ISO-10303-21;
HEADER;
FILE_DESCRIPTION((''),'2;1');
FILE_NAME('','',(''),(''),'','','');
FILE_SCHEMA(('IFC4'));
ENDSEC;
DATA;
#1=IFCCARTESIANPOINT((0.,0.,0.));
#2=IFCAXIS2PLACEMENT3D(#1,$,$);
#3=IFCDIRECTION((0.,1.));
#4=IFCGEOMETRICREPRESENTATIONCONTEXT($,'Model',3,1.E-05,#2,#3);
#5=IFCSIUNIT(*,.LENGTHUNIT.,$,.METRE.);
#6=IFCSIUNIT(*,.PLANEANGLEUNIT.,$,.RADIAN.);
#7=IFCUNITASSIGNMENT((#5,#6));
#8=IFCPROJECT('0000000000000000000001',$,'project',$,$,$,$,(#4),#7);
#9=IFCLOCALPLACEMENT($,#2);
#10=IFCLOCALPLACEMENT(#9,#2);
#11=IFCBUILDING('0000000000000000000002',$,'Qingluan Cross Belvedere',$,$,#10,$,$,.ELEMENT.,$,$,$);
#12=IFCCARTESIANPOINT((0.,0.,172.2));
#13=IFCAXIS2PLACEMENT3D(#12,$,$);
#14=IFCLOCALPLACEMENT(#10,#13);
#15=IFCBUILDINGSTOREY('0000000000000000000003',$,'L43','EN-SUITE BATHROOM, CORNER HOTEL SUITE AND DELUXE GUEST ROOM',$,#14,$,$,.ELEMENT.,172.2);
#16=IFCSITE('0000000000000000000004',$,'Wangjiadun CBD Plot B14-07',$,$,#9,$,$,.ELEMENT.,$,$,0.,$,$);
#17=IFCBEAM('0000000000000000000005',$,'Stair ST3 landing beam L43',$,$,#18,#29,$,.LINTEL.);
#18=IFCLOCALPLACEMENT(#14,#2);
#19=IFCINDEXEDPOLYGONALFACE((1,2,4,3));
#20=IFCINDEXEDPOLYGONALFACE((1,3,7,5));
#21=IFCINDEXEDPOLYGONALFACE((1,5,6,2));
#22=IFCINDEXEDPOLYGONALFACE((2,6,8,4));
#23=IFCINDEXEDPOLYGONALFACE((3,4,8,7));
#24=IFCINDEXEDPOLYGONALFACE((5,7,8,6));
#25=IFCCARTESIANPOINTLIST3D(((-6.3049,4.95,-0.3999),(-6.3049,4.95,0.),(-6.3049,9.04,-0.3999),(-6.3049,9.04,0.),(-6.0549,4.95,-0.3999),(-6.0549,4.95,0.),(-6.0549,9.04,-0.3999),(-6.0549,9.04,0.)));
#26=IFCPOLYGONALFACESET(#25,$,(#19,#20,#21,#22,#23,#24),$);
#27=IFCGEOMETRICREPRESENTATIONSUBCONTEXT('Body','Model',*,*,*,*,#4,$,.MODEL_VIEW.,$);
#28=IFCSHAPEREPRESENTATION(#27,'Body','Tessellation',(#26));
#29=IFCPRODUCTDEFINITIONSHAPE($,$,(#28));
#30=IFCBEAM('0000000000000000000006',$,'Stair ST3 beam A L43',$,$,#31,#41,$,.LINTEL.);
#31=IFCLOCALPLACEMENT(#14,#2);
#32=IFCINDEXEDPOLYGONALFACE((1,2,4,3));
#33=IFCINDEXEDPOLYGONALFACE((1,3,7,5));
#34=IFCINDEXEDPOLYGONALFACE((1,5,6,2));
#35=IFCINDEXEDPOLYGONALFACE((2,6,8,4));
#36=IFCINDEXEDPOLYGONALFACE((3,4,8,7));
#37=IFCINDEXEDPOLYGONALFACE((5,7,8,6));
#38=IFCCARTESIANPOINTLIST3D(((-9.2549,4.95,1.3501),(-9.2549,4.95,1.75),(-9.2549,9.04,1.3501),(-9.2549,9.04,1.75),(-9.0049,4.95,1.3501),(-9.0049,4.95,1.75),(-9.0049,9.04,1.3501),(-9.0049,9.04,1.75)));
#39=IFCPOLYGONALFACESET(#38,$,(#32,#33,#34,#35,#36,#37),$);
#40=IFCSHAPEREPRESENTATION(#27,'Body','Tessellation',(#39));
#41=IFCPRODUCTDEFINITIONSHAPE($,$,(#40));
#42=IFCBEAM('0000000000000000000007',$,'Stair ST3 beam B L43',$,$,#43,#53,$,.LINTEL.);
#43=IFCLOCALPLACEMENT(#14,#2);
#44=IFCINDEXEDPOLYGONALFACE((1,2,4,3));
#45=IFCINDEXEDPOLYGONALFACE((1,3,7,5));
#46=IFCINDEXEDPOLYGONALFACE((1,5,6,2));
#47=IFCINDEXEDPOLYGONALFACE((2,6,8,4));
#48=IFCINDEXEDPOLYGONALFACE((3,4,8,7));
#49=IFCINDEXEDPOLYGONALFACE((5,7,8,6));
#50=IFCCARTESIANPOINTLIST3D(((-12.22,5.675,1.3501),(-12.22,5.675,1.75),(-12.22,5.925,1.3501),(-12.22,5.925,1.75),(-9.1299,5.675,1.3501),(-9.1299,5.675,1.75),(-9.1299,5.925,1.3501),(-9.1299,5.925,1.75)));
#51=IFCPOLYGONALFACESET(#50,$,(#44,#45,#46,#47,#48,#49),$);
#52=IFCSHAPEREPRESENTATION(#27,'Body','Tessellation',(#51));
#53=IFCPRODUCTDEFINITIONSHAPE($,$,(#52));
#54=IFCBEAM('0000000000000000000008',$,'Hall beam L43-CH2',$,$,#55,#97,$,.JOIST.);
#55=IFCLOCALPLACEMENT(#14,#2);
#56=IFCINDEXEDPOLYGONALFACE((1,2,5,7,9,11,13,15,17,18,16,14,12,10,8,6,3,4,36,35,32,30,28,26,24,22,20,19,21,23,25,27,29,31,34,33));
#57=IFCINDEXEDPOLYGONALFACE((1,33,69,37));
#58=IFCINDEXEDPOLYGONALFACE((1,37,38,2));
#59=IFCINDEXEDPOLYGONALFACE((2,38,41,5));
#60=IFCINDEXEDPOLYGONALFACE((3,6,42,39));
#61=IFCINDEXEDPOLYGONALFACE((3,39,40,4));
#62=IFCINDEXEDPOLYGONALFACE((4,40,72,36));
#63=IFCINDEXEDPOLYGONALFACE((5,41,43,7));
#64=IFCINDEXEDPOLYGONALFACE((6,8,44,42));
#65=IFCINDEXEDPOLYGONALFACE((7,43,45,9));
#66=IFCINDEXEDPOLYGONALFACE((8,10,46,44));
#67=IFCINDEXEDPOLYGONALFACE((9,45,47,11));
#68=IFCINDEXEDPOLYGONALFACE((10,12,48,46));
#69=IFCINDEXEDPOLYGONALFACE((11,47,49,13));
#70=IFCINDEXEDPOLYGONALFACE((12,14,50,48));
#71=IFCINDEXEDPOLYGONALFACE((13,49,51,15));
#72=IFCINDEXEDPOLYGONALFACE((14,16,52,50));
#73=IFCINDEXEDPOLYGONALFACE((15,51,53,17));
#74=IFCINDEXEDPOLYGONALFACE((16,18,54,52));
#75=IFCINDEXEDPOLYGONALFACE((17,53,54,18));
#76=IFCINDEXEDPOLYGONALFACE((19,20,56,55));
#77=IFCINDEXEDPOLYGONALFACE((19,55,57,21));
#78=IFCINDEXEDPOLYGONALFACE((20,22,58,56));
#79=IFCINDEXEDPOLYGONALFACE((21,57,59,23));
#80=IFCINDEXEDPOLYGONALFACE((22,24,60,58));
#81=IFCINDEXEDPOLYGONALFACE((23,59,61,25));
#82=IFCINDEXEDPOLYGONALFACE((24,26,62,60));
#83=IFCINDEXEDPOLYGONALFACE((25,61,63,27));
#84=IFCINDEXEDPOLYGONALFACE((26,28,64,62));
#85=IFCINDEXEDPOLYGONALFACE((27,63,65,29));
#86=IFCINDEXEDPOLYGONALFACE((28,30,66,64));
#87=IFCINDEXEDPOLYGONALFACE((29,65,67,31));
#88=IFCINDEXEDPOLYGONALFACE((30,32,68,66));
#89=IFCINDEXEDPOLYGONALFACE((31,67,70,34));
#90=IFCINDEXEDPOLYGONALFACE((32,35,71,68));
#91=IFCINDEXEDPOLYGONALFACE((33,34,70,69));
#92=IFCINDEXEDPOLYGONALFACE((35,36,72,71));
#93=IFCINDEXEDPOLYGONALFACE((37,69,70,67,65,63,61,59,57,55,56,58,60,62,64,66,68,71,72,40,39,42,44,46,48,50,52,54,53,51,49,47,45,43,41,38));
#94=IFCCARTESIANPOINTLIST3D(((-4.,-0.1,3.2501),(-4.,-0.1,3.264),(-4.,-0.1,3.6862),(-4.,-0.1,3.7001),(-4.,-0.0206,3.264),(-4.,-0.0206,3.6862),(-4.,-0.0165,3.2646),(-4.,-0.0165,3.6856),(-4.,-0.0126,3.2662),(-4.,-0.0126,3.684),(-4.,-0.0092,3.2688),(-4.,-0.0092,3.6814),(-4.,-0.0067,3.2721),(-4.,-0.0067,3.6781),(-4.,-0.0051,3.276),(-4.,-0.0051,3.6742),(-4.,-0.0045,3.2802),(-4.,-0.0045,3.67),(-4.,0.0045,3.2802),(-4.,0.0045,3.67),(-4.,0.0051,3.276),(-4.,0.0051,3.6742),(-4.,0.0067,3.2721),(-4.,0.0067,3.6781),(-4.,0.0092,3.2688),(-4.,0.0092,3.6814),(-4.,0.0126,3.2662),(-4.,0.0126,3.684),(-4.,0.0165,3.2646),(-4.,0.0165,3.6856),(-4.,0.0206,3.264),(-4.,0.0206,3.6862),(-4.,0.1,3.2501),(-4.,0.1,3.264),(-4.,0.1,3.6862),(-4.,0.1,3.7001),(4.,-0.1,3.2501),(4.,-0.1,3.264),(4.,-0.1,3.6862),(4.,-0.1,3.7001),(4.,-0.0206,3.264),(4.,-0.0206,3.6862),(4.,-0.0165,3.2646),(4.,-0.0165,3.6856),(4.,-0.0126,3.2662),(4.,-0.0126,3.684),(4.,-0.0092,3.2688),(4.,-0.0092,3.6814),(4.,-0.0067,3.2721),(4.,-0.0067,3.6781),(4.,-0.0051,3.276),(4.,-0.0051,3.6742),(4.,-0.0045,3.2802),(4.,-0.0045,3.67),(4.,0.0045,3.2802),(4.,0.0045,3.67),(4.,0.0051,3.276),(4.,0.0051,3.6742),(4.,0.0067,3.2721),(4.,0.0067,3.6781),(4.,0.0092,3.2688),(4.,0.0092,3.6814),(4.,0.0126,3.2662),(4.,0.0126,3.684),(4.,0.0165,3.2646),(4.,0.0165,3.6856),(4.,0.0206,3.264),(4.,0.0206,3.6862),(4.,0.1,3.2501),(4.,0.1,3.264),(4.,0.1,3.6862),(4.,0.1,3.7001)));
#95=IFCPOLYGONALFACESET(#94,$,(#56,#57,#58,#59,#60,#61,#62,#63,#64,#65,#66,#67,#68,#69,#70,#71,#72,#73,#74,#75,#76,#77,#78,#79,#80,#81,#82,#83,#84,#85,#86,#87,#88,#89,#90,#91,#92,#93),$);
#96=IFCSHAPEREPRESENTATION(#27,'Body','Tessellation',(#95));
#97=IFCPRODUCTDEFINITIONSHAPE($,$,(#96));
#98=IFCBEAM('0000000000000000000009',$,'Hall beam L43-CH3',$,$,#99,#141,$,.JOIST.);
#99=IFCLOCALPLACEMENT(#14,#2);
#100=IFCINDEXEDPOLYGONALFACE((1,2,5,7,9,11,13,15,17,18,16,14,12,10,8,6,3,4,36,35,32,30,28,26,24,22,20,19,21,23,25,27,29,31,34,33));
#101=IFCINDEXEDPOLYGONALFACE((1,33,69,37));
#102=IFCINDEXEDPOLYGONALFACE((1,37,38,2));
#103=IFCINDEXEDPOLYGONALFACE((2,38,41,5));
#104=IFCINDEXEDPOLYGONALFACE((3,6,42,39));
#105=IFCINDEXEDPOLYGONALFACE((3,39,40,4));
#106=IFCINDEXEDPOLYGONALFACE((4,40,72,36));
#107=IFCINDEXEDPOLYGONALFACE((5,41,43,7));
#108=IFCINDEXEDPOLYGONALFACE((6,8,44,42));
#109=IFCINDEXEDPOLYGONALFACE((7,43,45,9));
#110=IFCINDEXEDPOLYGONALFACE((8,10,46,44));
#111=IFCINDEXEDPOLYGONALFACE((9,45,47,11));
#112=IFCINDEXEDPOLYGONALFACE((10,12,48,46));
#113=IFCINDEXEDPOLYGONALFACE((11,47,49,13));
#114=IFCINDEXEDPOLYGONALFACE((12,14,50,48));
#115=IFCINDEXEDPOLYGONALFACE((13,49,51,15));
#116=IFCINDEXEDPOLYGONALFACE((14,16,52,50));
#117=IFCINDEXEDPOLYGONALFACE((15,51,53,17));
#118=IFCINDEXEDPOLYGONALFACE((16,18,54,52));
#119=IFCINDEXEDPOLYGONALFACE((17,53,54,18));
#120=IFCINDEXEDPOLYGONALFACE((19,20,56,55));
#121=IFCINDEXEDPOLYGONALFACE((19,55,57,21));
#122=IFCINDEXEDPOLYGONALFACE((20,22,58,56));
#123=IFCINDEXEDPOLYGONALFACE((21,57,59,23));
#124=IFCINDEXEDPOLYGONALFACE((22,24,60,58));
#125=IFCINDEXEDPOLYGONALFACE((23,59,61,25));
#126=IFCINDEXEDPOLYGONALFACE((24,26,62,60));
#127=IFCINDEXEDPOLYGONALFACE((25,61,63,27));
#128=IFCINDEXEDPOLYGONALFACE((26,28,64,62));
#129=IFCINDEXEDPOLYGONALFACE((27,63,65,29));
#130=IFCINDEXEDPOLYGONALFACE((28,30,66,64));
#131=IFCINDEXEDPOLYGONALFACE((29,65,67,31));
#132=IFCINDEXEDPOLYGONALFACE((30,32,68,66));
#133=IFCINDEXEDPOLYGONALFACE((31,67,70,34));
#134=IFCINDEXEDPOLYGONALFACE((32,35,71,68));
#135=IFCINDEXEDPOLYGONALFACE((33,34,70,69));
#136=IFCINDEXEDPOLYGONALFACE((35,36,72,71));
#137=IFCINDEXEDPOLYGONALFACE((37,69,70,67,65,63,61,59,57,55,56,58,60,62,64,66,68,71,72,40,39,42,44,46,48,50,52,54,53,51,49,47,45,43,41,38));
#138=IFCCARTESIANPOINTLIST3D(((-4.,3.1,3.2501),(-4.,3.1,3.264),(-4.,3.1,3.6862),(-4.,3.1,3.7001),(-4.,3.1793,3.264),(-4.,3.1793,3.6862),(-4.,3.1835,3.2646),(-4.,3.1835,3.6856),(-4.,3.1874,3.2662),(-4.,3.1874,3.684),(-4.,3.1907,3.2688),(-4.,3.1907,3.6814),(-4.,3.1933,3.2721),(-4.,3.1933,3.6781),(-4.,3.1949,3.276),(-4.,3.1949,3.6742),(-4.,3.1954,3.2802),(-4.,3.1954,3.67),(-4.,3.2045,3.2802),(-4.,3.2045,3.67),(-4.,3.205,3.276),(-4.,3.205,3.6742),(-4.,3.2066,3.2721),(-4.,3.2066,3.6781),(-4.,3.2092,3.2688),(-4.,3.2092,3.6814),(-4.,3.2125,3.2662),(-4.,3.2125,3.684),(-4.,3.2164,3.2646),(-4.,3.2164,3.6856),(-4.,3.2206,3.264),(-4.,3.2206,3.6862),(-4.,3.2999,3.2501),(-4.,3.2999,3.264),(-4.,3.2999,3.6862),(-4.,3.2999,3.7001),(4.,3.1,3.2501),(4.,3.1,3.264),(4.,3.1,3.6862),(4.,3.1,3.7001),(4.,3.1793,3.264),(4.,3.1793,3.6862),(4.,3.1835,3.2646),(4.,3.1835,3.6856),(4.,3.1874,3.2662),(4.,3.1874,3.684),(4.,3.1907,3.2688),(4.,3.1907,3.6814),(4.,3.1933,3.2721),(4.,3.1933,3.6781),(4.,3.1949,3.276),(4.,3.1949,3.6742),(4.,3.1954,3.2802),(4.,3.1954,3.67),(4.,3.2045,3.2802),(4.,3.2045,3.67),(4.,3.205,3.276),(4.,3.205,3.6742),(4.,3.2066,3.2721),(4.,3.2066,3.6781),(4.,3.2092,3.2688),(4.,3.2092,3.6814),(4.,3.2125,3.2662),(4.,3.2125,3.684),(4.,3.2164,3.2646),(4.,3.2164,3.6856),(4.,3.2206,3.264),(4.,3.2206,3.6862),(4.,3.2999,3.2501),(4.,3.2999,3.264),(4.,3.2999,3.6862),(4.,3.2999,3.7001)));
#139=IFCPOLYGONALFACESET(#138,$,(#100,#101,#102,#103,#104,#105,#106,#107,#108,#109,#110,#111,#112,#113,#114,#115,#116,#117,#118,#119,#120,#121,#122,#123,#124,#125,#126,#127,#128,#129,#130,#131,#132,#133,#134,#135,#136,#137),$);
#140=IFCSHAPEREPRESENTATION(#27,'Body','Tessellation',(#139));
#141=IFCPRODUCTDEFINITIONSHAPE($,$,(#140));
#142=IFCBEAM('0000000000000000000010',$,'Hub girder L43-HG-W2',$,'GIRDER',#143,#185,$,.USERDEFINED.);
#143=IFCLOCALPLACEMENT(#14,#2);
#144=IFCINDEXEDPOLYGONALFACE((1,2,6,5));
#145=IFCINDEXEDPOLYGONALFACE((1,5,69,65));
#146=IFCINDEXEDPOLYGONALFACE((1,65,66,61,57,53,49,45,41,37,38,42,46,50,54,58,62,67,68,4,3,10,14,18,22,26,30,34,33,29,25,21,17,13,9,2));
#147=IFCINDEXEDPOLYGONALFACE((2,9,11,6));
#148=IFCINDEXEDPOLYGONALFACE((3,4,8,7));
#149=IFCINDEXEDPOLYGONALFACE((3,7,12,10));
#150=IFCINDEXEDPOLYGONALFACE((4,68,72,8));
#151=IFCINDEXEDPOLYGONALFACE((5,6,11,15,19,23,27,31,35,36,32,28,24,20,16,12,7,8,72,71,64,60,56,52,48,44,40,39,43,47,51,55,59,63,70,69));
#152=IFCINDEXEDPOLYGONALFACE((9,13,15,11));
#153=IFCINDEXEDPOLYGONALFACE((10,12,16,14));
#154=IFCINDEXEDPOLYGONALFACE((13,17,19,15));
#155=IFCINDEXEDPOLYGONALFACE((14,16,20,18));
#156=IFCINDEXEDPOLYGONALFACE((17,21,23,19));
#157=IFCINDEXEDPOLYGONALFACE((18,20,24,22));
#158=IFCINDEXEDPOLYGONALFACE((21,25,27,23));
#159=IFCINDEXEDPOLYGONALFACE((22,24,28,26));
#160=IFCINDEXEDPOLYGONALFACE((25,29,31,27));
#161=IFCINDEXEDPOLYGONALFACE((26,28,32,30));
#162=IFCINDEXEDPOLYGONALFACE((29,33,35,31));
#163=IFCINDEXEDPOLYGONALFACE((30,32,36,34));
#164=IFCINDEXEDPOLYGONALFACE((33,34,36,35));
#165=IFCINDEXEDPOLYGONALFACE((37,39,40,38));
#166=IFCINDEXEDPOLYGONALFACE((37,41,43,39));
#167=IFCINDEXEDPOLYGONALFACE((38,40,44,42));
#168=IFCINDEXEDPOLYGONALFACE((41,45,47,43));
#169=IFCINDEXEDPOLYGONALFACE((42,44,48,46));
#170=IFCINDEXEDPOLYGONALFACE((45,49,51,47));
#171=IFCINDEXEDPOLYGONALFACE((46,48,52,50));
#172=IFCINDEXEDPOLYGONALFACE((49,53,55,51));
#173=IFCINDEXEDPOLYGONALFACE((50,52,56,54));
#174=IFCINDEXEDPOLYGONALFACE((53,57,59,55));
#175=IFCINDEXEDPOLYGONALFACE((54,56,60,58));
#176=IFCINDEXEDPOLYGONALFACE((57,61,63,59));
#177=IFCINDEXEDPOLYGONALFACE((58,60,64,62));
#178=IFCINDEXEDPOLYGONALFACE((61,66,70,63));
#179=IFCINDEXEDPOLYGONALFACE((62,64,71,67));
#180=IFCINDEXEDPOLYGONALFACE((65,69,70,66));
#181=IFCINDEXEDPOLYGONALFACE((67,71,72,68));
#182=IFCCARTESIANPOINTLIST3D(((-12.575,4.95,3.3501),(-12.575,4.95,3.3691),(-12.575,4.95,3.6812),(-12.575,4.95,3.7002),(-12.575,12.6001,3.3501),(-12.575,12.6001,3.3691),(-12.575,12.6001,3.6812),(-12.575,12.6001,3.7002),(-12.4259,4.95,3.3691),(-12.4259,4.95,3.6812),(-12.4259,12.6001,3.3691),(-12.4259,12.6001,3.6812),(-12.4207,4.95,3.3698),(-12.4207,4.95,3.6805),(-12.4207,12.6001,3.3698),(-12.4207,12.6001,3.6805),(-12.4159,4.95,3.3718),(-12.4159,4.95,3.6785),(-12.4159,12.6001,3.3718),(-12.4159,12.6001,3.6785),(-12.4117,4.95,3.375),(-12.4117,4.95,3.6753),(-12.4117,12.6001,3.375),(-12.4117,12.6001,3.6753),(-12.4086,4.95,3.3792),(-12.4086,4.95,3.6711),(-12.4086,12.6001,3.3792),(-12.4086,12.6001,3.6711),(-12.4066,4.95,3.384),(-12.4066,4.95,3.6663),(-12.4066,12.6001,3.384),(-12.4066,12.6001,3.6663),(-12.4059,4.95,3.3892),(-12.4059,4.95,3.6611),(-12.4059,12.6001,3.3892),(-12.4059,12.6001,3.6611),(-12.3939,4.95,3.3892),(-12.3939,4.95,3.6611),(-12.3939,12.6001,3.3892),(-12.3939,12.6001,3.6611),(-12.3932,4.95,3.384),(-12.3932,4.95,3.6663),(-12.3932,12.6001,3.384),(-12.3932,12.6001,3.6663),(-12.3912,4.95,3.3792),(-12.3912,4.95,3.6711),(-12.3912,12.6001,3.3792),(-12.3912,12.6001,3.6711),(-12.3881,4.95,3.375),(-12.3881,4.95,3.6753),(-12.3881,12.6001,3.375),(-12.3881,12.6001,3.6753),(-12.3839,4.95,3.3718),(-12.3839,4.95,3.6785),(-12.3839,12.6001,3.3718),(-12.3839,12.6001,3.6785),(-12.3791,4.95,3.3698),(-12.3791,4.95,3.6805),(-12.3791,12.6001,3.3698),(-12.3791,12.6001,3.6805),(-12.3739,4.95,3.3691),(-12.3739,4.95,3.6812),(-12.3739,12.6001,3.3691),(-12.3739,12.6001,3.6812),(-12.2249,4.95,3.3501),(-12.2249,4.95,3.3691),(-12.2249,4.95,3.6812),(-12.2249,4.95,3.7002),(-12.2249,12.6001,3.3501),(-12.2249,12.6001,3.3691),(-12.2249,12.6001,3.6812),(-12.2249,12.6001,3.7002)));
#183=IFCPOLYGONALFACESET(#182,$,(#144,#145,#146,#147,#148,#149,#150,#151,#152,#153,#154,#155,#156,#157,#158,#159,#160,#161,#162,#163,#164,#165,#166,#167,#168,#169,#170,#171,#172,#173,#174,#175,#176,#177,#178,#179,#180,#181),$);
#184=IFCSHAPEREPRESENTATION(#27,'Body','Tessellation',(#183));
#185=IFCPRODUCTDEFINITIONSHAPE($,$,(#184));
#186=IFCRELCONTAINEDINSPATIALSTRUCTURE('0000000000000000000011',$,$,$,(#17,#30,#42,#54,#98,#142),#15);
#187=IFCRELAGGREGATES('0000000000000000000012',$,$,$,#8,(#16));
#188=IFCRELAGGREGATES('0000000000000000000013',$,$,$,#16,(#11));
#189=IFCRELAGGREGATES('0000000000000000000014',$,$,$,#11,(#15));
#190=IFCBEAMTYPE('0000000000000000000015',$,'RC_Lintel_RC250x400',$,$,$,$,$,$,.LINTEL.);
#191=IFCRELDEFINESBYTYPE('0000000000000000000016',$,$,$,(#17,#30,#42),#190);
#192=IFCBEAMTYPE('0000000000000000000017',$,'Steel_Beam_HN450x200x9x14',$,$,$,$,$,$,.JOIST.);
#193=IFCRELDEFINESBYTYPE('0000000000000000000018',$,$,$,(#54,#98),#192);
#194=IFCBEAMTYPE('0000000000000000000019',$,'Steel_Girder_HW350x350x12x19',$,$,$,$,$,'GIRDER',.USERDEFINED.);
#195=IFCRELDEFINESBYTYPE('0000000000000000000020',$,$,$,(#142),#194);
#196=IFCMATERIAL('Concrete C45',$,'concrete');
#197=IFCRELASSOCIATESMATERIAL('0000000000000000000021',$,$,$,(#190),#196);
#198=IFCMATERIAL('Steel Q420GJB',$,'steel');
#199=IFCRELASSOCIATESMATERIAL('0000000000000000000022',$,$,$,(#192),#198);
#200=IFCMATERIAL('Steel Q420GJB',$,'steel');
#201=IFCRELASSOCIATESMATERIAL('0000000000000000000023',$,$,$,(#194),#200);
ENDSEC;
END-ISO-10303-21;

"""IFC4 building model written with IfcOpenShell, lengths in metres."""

from ifc_helpers import new_model, si_unit, direction, frame, origin, origin_2d, place, context, subcontext, project, spatial, rectangle, i_section, extrude, material, material_profile, profile_set, type_object, element, save


model = new_model("IFC4")

# Units and contexts
model_context = context("Model", 3, precision=1e-05, world=origin(), true_north=direction((0.0, 1.0)))
body_context = subcontext(model_context, "Body", "Model", "MODEL_VIEW")
ifc_project = project(units=[si_unit("LENGTHUNIT", "METRE"), si_unit("PLANEANGLEUNIT", "RADIAN")], contexts=[model_context])

# Site, building, storey
site_placement = place(None, origin())
site = spatial("IfcSite", under=ifc_project, at=site_placement, Name="Wangjiadun CBD Plot B14-07", CompositionType="ELEMENT", RefElevation=0.0)
building_placement = place(site_placement, origin())
building = spatial("IfcBuilding", under=site, at=building_placement, Name="Qingluan Cross Belvedere", CompositionType="ELEMENT")
storey_placement = place(building_placement, frame((0.0, 0.0, 172.2)))
storey = spatial("IfcBuildingStorey", under=building, at=storey_placement, Name="L43", Description="EN-SUITE BATHROOM, CORNER HOTEL SUITE AND DELUXE GUEST ROOM", CompositionType="ELEMENT", Elevation=172.2)

# Beams
ifc_material_1 = material(Name="Concrete C45", Category="concrete")
ifc_material_profile_1 = material_profile(ifc_material_1, rectangle(XDim=0.25, YDim=0.3999, at=origin_2d()), Name="RC250x400")
ifc_profile_set_1 = profile_set([ifc_material_profile_1], Name="Concrete C45")
beam_type_1 = type_object("IfcBeamType", Name="RC_Lintel_RC250x400", PredefinedType="LINTEL", material=ifc_profile_set_1)
for number, where, z_axis, x_axis, name in (
    (1, (-6.1799, 4.95, -0.2), (0.0, 1.0, 0.0), (-1.0, 0.0, 0.0), "Stair ST3 landing beam L43"),
    (2, (-9.1299, 4.95, 1.55), (0.0, 1.0, 0.0), (-1.0, 0.0, 0.0), "Stair ST3 beam A L43"),
):
    element("IfcBeam", number, at=place(storey_placement, frame(where, z_axis=z_axis, x_axis=x_axis)), inside=storey, type_object=beam_type_1, Name=name, PredefinedType="LINTEL", context=body_context, shape_type="SweptSolid", body=[
        extrude(rectangle(XDim=0.25, YDim=0.3999, at=origin_2d()), origin(), (0.0, 0.0, 1.0), 4.0901),
    ])
beam_1_placement = place(storey_placement, frame((-12.22, 5.8, 1.55), z_axis=(1.0, 0.0, 0.0), x_axis=(0.0, 1.0, 0.0)))
element("IfcBeam", 3, at=beam_1_placement, inside=storey, type_object=beam_type_1, Name="Stair ST3 beam B L43", PredefinedType="LINTEL", context=body_context, shape_type="SweptSolid", body=[
    extrude(rectangle(XDim=0.25, YDim=0.3999, at=origin_2d()), origin(), (0.0, 0.0, 1.0), 3.0901),
])
ifc_material_2 = material(Name="Steel Q420GJB", Category="steel")
ifc_material_profile_2 = material_profile(ifc_material_2, i_section(OverallWidth=0.2, OverallDepth=0.45, WebThickness=0.009, FlangeThickness=0.0139, FilletRadius=0.0161, at=origin_2d()), Name="HN450x200x9x14")
ifc_profile_set_2 = profile_set([ifc_material_profile_2], Name="Steel Q420GJB")
beam_type_2 = type_object("IfcBeamType", Name="Steel_Beam_HN450x200x9x14", PredefinedType="JOIST", material=ifc_profile_set_2)
for number, where, z_axis, x_axis, name in (
    (4, (-4.0, 0.0, 3.4751), (1.0, 0.0, 0.0), (0.0, 1.0, 0.0), "Hall beam L43-CH2"),
    (5, (-4.0, 3.2, 3.4751), (1.0, 0.0, 0.0), (0.0, 1.0, 0.0), "Hall beam L43-CH3"),
):
    element("IfcBeam", number, at=place(storey_placement, frame(where, z_axis=z_axis, x_axis=x_axis)), inside=storey, type_object=beam_type_2, Name=name, PredefinedType="JOIST", context=body_context, shape_type="SweptSolid", body=[
        extrude(i_section(OverallWidth=0.2, OverallDepth=0.45, WebThickness=0.009, FlangeThickness=0.0139, FilletRadius=0.0161, at=origin_2d()), origin(), (0.0, 0.0, 1.0), 8.0),
    ])
ifc_material_3 = material(Name="Steel Q420GJB", Category="steel")
ifc_material_profile_3 = material_profile(ifc_material_3, i_section(OverallWidth=0.3501, OverallDepth=0.3501, WebThickness=0.012, FlangeThickness=0.019, FilletRadius=0.02, at=origin_2d()), Name="HW350x350x12x19")
ifc_profile_set_3 = profile_set([ifc_material_profile_3], Name="Steel Q420GJB")
beam_type_3 = type_object("IfcBeamType", Name="Steel_Girder_HW350x350x12x19", ElementType="GIRDER", PredefinedType="USERDEFINED", material=ifc_profile_set_3)
beam_2_placement = place(storey_placement, frame((-12.3999, 4.95, 3.5251), z_axis=(0.0, 1.0, 0.0), x_axis=(-1.0, 0.0, 0.0)))
element("IfcBeam", 6, at=beam_2_placement, inside=storey, type_object=beam_type_3, Name="Hub girder L43-HG-W2", ObjectType="GIRDER", PredefinedType="USERDEFINED", context=body_context, shape_type="SweptSolid", body=[
    extrude(i_section(OverallWidth=0.3501, OverallDepth=0.3501, WebThickness=0.012, FlangeThickness=0.019, FilletRadius=0.02, at=origin_2d()), origin(), (0.0, 0.0, 1.0), 7.6501),
])

save(model, "model.ifc")
